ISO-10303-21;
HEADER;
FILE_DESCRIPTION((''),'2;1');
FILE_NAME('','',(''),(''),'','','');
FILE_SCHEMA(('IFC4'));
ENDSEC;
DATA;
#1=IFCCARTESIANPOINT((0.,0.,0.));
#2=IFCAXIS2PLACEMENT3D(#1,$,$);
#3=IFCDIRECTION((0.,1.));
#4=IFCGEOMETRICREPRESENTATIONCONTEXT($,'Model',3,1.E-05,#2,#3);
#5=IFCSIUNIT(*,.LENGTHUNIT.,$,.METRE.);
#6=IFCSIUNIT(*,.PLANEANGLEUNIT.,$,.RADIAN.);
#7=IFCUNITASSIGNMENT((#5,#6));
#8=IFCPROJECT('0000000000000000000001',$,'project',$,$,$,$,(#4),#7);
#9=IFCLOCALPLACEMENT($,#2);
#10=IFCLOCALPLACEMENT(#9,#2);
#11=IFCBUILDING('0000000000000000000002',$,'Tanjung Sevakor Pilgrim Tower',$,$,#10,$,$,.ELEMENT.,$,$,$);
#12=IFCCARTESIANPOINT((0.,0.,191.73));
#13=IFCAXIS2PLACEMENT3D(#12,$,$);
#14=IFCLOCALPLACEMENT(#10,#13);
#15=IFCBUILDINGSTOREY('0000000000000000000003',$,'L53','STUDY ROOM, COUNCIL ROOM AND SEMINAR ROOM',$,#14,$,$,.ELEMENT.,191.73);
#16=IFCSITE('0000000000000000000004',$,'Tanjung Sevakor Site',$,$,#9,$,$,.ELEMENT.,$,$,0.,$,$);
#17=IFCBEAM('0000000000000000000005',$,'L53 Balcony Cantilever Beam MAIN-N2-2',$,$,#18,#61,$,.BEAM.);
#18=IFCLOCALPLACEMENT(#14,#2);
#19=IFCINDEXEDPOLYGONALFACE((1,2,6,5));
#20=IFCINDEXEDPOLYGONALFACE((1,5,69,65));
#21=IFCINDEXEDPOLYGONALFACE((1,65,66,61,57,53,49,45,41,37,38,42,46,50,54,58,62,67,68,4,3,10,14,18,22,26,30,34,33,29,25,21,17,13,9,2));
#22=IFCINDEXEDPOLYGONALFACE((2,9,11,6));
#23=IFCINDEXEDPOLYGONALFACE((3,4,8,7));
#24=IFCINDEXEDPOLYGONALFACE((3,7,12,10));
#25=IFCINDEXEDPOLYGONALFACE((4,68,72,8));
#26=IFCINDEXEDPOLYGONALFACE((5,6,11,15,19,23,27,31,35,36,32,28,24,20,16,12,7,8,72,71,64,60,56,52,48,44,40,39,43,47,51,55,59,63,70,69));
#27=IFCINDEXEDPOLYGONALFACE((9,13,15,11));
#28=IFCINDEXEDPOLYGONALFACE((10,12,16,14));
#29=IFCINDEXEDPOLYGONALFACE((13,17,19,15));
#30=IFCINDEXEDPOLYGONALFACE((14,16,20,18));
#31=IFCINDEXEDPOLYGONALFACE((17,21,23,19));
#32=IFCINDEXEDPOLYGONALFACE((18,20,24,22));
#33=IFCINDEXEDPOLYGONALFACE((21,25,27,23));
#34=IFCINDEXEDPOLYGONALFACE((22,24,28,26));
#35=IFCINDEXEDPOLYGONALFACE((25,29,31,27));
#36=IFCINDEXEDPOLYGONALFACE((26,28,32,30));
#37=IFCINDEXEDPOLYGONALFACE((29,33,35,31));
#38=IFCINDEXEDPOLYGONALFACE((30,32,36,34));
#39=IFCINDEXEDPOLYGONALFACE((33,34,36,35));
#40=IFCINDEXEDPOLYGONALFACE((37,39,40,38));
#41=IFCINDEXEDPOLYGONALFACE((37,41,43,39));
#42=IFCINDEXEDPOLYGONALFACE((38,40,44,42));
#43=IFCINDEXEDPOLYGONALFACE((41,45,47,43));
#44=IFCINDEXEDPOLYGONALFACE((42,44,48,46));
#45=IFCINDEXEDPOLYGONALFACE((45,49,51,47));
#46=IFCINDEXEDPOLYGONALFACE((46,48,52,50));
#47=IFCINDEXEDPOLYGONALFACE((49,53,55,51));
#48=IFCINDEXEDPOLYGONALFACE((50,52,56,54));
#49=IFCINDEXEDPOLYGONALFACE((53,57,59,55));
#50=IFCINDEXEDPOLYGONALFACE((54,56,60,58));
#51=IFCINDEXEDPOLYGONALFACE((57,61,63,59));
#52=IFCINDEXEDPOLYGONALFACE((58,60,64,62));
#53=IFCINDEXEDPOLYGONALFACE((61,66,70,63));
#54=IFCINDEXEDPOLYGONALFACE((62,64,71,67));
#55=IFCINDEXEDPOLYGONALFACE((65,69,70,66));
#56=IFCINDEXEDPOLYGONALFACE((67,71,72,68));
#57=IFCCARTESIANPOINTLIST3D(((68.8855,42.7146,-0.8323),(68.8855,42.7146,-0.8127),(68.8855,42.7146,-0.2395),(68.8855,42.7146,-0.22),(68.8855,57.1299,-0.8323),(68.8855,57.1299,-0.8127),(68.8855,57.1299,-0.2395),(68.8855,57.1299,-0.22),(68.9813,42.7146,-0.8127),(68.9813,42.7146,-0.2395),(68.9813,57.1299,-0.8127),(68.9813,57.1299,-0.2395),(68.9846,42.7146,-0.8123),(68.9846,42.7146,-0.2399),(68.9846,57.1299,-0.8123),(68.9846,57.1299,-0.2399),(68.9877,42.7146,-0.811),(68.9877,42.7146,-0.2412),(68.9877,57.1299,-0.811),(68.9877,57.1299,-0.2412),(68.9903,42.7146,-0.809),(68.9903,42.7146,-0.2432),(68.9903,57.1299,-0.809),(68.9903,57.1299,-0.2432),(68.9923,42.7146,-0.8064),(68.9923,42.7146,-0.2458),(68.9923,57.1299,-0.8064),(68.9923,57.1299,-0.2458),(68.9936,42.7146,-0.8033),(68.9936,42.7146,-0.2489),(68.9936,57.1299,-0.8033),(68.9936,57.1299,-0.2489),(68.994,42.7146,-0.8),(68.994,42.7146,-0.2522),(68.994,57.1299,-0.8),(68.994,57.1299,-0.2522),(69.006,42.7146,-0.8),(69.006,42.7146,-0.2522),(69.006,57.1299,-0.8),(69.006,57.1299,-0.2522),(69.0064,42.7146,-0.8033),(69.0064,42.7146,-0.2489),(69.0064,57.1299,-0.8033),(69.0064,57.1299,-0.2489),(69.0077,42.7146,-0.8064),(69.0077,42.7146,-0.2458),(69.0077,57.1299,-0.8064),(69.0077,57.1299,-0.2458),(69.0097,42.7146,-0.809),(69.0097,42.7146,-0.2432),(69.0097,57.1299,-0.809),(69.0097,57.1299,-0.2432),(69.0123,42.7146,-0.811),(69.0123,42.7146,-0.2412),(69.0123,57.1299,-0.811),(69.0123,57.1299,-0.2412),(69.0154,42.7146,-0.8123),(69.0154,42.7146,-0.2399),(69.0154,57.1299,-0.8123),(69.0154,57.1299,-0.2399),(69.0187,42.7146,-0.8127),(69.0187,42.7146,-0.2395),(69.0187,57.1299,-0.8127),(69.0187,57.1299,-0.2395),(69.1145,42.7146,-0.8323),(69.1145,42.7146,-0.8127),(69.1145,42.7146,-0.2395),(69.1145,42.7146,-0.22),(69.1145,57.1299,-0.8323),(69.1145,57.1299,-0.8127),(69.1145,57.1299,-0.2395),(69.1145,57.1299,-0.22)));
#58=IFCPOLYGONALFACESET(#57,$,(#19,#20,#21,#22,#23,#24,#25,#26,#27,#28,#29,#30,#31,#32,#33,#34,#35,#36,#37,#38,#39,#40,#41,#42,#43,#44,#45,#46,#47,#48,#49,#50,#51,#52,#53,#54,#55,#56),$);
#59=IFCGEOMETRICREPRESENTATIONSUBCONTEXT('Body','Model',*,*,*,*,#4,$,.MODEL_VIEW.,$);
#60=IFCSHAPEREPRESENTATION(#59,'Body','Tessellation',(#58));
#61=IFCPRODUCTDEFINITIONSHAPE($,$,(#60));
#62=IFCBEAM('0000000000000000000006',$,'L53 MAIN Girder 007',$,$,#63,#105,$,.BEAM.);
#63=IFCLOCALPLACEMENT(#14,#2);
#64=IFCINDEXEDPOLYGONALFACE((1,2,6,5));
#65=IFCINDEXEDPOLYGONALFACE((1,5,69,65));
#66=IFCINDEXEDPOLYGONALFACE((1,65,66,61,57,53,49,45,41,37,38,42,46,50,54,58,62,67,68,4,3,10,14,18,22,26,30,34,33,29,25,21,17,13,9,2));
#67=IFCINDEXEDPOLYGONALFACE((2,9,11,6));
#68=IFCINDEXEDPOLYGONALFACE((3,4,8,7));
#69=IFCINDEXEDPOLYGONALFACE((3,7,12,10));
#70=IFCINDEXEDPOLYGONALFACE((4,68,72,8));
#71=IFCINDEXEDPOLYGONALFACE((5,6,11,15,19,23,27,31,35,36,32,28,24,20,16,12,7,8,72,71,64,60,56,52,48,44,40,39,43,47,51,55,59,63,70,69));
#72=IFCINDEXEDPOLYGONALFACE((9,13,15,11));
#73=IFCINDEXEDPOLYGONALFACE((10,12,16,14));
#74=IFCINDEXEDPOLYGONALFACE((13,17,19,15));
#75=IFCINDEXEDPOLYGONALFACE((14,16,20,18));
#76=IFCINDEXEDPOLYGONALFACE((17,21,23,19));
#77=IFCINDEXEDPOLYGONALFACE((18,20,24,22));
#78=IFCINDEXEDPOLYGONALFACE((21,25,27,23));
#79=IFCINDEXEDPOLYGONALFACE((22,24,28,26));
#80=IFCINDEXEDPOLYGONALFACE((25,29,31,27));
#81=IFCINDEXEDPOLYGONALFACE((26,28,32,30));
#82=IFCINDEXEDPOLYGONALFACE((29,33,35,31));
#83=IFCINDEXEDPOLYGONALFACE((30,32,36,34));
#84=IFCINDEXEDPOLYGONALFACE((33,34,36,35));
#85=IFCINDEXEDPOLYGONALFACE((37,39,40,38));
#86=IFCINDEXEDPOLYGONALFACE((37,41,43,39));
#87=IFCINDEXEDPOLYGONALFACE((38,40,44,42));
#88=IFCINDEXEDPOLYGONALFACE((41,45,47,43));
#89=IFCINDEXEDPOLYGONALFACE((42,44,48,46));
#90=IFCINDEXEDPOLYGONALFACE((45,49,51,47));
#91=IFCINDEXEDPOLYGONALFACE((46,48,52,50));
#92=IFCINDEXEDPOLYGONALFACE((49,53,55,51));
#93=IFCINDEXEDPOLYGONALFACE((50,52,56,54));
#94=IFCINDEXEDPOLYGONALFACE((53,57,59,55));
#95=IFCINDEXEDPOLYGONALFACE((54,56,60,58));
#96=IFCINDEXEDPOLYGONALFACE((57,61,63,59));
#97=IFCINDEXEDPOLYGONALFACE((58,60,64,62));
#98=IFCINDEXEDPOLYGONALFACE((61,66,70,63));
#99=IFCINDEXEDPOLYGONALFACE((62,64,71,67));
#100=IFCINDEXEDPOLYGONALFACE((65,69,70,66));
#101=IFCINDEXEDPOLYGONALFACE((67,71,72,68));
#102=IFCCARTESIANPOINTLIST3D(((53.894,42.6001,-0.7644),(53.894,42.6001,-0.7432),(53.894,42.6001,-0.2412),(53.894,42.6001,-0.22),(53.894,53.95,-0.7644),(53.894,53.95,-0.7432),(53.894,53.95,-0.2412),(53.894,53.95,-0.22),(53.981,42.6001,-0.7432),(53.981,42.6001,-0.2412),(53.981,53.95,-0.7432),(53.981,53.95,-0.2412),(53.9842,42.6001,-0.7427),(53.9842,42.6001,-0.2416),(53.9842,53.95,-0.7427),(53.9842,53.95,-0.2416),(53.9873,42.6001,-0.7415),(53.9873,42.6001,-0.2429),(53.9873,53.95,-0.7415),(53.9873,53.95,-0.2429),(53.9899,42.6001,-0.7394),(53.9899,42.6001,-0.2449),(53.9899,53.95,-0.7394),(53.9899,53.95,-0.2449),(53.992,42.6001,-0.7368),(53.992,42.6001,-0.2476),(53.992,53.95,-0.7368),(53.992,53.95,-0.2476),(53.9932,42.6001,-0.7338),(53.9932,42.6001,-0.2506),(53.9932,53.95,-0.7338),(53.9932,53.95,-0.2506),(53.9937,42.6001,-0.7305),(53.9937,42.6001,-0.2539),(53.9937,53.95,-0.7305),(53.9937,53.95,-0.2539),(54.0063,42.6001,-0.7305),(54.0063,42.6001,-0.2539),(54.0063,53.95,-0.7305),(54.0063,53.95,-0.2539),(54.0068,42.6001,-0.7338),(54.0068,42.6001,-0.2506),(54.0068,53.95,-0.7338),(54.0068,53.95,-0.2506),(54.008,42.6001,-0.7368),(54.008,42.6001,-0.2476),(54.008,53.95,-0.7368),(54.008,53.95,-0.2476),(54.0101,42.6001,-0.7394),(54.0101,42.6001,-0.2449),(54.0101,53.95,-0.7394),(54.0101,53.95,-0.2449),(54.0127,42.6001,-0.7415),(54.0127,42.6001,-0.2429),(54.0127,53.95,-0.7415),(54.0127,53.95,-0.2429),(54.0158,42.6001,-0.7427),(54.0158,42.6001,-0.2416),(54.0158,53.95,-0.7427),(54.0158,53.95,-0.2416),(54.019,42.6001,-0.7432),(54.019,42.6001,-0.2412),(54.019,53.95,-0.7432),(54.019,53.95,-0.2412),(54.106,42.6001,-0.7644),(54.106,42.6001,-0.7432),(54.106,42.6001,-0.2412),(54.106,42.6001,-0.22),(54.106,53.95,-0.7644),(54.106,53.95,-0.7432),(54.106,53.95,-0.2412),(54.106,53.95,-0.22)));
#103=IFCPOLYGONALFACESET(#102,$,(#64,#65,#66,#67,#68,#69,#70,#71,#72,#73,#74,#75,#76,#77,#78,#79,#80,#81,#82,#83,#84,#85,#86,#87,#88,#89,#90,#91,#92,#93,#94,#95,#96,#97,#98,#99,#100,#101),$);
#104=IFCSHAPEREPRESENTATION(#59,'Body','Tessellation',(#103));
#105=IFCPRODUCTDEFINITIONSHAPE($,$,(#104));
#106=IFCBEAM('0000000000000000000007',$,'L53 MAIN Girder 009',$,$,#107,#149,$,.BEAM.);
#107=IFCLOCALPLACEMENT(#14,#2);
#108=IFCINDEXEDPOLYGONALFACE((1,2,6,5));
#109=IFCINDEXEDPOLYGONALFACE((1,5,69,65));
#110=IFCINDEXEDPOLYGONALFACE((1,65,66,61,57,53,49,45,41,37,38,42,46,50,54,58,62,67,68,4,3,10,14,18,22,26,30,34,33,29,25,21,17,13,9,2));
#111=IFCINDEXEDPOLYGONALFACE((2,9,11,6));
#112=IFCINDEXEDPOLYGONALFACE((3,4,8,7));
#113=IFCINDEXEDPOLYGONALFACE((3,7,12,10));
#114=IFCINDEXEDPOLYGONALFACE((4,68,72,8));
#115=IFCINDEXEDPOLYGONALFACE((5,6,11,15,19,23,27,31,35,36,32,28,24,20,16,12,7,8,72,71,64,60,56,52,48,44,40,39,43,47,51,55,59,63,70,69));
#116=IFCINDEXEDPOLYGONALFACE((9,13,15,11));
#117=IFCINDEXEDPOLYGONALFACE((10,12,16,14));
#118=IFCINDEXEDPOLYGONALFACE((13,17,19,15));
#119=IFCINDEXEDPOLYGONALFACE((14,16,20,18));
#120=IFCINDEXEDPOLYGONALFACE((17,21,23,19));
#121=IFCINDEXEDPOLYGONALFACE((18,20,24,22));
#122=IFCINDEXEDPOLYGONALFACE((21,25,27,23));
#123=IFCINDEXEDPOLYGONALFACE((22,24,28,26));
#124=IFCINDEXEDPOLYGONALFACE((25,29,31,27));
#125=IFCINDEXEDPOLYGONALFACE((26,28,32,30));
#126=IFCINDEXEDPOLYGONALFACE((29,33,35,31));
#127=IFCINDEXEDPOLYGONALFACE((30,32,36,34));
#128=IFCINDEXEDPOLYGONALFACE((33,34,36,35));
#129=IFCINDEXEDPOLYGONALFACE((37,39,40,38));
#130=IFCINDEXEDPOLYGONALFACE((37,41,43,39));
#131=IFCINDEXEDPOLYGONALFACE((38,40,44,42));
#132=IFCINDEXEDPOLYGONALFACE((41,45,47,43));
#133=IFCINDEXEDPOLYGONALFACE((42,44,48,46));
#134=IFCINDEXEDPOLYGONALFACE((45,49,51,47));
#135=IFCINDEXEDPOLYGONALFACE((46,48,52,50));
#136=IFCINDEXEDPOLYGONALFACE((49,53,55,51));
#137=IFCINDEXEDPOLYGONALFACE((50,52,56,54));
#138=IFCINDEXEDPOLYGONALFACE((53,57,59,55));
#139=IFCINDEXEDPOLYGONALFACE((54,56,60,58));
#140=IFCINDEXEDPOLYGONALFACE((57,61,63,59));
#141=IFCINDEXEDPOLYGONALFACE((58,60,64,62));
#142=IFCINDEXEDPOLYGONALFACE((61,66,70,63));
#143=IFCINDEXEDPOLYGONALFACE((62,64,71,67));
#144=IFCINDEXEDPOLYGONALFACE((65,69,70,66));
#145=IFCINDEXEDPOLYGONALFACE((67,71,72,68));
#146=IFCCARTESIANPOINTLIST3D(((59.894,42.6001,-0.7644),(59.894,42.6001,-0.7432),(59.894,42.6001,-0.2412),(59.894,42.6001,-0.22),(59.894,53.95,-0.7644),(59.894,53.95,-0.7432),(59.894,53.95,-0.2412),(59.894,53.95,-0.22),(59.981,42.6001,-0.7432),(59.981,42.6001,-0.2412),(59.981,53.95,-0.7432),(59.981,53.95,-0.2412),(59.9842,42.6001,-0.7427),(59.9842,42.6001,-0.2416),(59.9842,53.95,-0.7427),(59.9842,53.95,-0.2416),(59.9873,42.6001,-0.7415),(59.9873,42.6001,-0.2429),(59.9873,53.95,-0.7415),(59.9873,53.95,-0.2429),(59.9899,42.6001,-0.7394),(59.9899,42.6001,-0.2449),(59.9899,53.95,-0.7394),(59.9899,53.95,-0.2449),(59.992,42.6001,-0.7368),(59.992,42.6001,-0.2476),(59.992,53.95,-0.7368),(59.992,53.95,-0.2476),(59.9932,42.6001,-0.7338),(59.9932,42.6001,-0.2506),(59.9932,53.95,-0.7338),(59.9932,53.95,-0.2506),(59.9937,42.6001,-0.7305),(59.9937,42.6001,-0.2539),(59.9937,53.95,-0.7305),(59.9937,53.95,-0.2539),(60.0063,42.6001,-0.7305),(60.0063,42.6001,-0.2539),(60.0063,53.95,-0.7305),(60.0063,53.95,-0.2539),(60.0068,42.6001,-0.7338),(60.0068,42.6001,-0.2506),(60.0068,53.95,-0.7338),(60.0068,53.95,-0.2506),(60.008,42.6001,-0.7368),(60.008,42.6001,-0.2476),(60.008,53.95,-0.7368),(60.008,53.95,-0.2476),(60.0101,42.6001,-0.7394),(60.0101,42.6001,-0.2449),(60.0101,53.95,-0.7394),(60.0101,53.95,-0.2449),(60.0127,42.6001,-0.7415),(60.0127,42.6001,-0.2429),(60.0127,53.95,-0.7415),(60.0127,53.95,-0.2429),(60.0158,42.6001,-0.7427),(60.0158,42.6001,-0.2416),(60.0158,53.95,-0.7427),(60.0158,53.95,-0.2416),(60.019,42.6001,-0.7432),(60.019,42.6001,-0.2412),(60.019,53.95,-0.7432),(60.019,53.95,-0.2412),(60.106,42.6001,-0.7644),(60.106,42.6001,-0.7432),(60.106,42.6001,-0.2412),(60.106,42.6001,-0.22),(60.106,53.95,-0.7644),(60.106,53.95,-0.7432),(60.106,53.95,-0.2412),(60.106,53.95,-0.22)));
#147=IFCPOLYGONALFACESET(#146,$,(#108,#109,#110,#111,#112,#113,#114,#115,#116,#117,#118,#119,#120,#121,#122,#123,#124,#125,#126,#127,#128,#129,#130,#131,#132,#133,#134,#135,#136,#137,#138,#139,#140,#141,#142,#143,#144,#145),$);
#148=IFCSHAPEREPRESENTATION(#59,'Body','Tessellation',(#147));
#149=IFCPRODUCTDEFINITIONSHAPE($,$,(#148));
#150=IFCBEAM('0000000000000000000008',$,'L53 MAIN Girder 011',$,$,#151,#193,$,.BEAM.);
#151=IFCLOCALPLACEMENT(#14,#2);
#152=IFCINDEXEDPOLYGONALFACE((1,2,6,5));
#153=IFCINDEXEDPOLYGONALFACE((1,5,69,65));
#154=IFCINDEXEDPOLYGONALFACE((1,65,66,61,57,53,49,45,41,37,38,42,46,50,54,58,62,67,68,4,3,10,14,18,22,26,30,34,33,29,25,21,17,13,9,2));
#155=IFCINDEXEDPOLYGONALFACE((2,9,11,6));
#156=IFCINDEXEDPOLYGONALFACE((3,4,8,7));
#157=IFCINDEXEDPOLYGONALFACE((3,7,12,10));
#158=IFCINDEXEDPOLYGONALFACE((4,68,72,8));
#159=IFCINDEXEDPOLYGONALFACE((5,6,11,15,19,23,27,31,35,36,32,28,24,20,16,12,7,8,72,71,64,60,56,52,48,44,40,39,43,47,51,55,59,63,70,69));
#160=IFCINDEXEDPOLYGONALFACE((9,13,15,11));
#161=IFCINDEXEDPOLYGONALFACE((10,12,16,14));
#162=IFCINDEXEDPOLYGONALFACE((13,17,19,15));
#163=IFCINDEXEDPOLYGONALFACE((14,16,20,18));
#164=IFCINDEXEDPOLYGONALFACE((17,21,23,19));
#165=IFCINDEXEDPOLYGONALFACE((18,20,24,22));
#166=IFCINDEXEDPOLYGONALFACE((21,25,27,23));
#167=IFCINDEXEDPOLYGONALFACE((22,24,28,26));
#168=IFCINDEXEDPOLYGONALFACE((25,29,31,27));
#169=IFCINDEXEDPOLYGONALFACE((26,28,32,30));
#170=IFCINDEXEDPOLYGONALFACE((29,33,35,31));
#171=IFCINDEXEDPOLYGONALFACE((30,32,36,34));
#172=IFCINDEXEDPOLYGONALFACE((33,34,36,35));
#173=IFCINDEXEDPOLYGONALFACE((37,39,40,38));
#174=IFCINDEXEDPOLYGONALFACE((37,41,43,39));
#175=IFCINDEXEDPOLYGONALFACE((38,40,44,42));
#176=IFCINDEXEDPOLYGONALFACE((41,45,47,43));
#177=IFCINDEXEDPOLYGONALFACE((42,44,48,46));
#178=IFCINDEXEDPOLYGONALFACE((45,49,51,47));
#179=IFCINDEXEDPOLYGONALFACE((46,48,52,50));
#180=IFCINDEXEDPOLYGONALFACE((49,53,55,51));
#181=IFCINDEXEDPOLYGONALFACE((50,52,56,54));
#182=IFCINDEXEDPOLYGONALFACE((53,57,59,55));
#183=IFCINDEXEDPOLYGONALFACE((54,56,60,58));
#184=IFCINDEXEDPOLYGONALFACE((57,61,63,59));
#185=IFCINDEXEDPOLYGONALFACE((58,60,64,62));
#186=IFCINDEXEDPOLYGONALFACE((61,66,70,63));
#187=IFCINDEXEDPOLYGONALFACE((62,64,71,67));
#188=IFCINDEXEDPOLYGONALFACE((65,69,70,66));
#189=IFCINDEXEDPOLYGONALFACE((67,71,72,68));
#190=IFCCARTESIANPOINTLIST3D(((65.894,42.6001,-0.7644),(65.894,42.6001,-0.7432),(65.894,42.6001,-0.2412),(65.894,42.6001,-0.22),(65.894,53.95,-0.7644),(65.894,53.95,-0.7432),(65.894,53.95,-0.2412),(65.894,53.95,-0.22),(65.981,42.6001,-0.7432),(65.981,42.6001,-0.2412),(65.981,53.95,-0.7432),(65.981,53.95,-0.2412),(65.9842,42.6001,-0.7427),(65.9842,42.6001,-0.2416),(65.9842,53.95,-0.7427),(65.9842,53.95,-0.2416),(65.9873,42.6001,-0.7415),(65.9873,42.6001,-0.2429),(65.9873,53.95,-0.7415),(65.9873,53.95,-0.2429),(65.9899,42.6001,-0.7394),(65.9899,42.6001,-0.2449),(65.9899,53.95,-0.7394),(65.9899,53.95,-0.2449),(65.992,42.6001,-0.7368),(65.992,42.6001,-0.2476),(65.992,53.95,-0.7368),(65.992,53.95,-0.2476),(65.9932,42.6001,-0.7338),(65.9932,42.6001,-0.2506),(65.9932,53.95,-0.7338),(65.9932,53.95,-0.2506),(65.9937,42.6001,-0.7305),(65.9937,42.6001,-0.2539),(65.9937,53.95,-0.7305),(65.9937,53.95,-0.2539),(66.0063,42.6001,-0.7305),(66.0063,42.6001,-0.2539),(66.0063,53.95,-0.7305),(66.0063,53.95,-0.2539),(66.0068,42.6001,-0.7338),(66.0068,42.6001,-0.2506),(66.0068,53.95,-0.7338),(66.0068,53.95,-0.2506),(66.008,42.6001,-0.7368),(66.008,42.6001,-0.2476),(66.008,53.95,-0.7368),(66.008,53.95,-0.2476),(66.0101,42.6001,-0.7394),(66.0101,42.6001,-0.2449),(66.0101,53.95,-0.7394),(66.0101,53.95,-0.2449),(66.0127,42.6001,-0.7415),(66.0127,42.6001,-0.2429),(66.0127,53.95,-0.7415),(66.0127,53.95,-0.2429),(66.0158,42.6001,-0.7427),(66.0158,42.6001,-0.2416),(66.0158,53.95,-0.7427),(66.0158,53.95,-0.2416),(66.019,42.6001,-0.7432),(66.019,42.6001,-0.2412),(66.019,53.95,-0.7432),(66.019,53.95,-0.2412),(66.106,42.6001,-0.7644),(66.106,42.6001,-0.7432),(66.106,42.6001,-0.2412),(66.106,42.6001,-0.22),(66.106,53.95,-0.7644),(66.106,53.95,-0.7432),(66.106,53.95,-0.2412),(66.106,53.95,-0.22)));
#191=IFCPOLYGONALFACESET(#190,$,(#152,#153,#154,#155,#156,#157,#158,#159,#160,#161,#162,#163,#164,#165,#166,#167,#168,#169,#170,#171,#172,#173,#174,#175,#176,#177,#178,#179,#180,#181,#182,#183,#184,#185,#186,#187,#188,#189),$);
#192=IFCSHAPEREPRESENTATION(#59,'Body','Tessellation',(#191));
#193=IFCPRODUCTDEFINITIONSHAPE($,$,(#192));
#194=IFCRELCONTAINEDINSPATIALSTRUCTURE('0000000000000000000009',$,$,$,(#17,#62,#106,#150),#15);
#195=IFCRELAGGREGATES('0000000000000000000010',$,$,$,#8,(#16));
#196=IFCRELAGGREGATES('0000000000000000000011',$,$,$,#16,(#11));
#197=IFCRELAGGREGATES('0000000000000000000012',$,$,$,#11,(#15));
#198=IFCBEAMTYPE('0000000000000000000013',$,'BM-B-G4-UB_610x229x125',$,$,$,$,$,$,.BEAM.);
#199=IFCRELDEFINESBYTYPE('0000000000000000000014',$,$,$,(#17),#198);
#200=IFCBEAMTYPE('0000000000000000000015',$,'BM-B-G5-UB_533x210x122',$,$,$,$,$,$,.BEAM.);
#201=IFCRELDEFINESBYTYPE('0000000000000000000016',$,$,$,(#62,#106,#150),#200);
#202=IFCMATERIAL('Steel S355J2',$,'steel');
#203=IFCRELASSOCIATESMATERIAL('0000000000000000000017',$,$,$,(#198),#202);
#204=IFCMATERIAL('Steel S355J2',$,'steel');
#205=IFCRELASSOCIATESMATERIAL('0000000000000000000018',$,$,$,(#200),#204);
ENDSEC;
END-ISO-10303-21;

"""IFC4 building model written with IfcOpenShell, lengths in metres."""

from ifc_helpers import new_model, si_unit, direction, frame, origin, origin_2d, place, context, subcontext, project, spatial, i_section, extrude, material, material_profile, profile_set, type_object, element, save


model = new_model("IFC4")

# Units and contexts
model_context = context("Model", 3, precision=1e-05, world=origin(), true_north=direction((0.0, 1.0)))
body_context = subcontext(model_context, "Body", "Model", "MODEL_VIEW")
ifc_project = project(units=[si_unit("LENGTHUNIT", "METRE"), si_unit("PLANEANGLEUNIT", "RADIAN")], contexts=[model_context])

# Site, building, storey
site_placement = place(None, origin())
site = spatial("IfcSite", under=ifc_project, at=site_placement, Name="Tanjung Sevakor Site", CompositionType="ELEMENT", RefElevation=0.0)
building_placement = place(site_placement, origin())
building = spatial("IfcBuilding", under=site, at=building_placement, Name="Tanjung Sevakor Pilgrim Tower", CompositionType="ELEMENT")
storey_placement = place(building_placement, frame((0.0, 0.0, 191.73)))
storey = spatial("IfcBuildingStorey", under=building, at=storey_placement, Name="L53", Description="STUDY ROOM, COUNCIL ROOM AND SEMINAR ROOM", CompositionType="ELEMENT", Elevation=191.73)

# Beams
ifc_material_1 = material(Name="Steel S355J2", Category="steel")
ifc_material_profile_1 = material_profile(ifc_material_1, i_section(OverallWidth=0.229, OverallDepth=0.6123, WebThickness=0.012, FlangeThickness=0.0195, FilletRadius=0.0127, at=origin_2d()))
ifc_profile_set_1 = profile_set([ifc_material_profile_1], Name="Steel S355J2")
beam_type_1 = type_object("IfcBeamType", Name="BM-B-G4-UB_610x229x125", PredefinedType="BEAM", material=ifc_profile_set_1)
for number, where, z_axis, x_axis, name in (
    (1, (69.0, 42.7146, -0.5261), (0.0, 1.0, 0.0), (-1.0, 0.0, 0.0), "L53 Balcony Cantilever Beam MAIN-N2-2"),
):
    element("IfcBeam", number, at=place(storey_placement, frame(where, z_axis=z_axis, x_axis=x_axis)), inside=storey, type_object=beam_type_1, Name=name, PredefinedType="BEAM", context=body_context, shape_type="SweptSolid", body=[
        extrude(i_section(OverallWidth=0.229, OverallDepth=0.6123, WebThickness=0.012, FlangeThickness=0.0195, FilletRadius=0.0127, at=origin_2d()), origin(), (0.0, 0.0, 1.0), 14.4153),
    ])
ifc_material_2 = material(Name="Steel S355J2", Category="steel")
ifc_material_profile_2 = material_profile(ifc_material_2, i_section(OverallWidth=0.2119, OverallDepth=0.5444, WebThickness=0.0127, FlangeThickness=0.0212, FilletRadius=0.0127, at=origin_2d()))
ifc_profile_set_2 = profile_set([ifc_material_profile_2], Name="Steel S355J2")
beam_type_2 = type_object("IfcBeamType", Name="BM-B-G5-UB_533x210x122", PredefinedType="BEAM", material=ifc_profile_set_2)
for number, where, z_axis, x_axis, name in (
    (2, (54.0, 42.6001, -0.4922), (0.0, 1.0, 0.0), (-1.0, 0.0, 0.0), "L53 MAIN Girder 007"),
    (3, (60.0, 42.6001, -0.4922), (0.0, 1.0, 0.0), (-1.0, 0.0, 0.0), "L53 MAIN Girder 009"),
    (4, (66.0, 42.6001, -0.4922), (0.0, 1.0, 0.0), (-1.0, 0.0, 0.0), "L53 MAIN Girder 011"),
):
    element("IfcBeam", number, at=place(storey_placement, frame(where, z_axis=z_axis, x_axis=x_axis)), inside=storey, type_object=beam_type_2, Name=name, PredefinedType="BEAM", context=body_context, shape_type="SweptSolid", body=[
        extrude(i_section(OverallWidth=0.2119, OverallDepth=0.5444, WebThickness=0.0127, FlangeThickness=0.0212, FilletRadius=0.0127, at=origin_2d()), origin(), (0.0, 0.0, 1.0), 11.3499),
    ])

save(model, "model.ifc")
